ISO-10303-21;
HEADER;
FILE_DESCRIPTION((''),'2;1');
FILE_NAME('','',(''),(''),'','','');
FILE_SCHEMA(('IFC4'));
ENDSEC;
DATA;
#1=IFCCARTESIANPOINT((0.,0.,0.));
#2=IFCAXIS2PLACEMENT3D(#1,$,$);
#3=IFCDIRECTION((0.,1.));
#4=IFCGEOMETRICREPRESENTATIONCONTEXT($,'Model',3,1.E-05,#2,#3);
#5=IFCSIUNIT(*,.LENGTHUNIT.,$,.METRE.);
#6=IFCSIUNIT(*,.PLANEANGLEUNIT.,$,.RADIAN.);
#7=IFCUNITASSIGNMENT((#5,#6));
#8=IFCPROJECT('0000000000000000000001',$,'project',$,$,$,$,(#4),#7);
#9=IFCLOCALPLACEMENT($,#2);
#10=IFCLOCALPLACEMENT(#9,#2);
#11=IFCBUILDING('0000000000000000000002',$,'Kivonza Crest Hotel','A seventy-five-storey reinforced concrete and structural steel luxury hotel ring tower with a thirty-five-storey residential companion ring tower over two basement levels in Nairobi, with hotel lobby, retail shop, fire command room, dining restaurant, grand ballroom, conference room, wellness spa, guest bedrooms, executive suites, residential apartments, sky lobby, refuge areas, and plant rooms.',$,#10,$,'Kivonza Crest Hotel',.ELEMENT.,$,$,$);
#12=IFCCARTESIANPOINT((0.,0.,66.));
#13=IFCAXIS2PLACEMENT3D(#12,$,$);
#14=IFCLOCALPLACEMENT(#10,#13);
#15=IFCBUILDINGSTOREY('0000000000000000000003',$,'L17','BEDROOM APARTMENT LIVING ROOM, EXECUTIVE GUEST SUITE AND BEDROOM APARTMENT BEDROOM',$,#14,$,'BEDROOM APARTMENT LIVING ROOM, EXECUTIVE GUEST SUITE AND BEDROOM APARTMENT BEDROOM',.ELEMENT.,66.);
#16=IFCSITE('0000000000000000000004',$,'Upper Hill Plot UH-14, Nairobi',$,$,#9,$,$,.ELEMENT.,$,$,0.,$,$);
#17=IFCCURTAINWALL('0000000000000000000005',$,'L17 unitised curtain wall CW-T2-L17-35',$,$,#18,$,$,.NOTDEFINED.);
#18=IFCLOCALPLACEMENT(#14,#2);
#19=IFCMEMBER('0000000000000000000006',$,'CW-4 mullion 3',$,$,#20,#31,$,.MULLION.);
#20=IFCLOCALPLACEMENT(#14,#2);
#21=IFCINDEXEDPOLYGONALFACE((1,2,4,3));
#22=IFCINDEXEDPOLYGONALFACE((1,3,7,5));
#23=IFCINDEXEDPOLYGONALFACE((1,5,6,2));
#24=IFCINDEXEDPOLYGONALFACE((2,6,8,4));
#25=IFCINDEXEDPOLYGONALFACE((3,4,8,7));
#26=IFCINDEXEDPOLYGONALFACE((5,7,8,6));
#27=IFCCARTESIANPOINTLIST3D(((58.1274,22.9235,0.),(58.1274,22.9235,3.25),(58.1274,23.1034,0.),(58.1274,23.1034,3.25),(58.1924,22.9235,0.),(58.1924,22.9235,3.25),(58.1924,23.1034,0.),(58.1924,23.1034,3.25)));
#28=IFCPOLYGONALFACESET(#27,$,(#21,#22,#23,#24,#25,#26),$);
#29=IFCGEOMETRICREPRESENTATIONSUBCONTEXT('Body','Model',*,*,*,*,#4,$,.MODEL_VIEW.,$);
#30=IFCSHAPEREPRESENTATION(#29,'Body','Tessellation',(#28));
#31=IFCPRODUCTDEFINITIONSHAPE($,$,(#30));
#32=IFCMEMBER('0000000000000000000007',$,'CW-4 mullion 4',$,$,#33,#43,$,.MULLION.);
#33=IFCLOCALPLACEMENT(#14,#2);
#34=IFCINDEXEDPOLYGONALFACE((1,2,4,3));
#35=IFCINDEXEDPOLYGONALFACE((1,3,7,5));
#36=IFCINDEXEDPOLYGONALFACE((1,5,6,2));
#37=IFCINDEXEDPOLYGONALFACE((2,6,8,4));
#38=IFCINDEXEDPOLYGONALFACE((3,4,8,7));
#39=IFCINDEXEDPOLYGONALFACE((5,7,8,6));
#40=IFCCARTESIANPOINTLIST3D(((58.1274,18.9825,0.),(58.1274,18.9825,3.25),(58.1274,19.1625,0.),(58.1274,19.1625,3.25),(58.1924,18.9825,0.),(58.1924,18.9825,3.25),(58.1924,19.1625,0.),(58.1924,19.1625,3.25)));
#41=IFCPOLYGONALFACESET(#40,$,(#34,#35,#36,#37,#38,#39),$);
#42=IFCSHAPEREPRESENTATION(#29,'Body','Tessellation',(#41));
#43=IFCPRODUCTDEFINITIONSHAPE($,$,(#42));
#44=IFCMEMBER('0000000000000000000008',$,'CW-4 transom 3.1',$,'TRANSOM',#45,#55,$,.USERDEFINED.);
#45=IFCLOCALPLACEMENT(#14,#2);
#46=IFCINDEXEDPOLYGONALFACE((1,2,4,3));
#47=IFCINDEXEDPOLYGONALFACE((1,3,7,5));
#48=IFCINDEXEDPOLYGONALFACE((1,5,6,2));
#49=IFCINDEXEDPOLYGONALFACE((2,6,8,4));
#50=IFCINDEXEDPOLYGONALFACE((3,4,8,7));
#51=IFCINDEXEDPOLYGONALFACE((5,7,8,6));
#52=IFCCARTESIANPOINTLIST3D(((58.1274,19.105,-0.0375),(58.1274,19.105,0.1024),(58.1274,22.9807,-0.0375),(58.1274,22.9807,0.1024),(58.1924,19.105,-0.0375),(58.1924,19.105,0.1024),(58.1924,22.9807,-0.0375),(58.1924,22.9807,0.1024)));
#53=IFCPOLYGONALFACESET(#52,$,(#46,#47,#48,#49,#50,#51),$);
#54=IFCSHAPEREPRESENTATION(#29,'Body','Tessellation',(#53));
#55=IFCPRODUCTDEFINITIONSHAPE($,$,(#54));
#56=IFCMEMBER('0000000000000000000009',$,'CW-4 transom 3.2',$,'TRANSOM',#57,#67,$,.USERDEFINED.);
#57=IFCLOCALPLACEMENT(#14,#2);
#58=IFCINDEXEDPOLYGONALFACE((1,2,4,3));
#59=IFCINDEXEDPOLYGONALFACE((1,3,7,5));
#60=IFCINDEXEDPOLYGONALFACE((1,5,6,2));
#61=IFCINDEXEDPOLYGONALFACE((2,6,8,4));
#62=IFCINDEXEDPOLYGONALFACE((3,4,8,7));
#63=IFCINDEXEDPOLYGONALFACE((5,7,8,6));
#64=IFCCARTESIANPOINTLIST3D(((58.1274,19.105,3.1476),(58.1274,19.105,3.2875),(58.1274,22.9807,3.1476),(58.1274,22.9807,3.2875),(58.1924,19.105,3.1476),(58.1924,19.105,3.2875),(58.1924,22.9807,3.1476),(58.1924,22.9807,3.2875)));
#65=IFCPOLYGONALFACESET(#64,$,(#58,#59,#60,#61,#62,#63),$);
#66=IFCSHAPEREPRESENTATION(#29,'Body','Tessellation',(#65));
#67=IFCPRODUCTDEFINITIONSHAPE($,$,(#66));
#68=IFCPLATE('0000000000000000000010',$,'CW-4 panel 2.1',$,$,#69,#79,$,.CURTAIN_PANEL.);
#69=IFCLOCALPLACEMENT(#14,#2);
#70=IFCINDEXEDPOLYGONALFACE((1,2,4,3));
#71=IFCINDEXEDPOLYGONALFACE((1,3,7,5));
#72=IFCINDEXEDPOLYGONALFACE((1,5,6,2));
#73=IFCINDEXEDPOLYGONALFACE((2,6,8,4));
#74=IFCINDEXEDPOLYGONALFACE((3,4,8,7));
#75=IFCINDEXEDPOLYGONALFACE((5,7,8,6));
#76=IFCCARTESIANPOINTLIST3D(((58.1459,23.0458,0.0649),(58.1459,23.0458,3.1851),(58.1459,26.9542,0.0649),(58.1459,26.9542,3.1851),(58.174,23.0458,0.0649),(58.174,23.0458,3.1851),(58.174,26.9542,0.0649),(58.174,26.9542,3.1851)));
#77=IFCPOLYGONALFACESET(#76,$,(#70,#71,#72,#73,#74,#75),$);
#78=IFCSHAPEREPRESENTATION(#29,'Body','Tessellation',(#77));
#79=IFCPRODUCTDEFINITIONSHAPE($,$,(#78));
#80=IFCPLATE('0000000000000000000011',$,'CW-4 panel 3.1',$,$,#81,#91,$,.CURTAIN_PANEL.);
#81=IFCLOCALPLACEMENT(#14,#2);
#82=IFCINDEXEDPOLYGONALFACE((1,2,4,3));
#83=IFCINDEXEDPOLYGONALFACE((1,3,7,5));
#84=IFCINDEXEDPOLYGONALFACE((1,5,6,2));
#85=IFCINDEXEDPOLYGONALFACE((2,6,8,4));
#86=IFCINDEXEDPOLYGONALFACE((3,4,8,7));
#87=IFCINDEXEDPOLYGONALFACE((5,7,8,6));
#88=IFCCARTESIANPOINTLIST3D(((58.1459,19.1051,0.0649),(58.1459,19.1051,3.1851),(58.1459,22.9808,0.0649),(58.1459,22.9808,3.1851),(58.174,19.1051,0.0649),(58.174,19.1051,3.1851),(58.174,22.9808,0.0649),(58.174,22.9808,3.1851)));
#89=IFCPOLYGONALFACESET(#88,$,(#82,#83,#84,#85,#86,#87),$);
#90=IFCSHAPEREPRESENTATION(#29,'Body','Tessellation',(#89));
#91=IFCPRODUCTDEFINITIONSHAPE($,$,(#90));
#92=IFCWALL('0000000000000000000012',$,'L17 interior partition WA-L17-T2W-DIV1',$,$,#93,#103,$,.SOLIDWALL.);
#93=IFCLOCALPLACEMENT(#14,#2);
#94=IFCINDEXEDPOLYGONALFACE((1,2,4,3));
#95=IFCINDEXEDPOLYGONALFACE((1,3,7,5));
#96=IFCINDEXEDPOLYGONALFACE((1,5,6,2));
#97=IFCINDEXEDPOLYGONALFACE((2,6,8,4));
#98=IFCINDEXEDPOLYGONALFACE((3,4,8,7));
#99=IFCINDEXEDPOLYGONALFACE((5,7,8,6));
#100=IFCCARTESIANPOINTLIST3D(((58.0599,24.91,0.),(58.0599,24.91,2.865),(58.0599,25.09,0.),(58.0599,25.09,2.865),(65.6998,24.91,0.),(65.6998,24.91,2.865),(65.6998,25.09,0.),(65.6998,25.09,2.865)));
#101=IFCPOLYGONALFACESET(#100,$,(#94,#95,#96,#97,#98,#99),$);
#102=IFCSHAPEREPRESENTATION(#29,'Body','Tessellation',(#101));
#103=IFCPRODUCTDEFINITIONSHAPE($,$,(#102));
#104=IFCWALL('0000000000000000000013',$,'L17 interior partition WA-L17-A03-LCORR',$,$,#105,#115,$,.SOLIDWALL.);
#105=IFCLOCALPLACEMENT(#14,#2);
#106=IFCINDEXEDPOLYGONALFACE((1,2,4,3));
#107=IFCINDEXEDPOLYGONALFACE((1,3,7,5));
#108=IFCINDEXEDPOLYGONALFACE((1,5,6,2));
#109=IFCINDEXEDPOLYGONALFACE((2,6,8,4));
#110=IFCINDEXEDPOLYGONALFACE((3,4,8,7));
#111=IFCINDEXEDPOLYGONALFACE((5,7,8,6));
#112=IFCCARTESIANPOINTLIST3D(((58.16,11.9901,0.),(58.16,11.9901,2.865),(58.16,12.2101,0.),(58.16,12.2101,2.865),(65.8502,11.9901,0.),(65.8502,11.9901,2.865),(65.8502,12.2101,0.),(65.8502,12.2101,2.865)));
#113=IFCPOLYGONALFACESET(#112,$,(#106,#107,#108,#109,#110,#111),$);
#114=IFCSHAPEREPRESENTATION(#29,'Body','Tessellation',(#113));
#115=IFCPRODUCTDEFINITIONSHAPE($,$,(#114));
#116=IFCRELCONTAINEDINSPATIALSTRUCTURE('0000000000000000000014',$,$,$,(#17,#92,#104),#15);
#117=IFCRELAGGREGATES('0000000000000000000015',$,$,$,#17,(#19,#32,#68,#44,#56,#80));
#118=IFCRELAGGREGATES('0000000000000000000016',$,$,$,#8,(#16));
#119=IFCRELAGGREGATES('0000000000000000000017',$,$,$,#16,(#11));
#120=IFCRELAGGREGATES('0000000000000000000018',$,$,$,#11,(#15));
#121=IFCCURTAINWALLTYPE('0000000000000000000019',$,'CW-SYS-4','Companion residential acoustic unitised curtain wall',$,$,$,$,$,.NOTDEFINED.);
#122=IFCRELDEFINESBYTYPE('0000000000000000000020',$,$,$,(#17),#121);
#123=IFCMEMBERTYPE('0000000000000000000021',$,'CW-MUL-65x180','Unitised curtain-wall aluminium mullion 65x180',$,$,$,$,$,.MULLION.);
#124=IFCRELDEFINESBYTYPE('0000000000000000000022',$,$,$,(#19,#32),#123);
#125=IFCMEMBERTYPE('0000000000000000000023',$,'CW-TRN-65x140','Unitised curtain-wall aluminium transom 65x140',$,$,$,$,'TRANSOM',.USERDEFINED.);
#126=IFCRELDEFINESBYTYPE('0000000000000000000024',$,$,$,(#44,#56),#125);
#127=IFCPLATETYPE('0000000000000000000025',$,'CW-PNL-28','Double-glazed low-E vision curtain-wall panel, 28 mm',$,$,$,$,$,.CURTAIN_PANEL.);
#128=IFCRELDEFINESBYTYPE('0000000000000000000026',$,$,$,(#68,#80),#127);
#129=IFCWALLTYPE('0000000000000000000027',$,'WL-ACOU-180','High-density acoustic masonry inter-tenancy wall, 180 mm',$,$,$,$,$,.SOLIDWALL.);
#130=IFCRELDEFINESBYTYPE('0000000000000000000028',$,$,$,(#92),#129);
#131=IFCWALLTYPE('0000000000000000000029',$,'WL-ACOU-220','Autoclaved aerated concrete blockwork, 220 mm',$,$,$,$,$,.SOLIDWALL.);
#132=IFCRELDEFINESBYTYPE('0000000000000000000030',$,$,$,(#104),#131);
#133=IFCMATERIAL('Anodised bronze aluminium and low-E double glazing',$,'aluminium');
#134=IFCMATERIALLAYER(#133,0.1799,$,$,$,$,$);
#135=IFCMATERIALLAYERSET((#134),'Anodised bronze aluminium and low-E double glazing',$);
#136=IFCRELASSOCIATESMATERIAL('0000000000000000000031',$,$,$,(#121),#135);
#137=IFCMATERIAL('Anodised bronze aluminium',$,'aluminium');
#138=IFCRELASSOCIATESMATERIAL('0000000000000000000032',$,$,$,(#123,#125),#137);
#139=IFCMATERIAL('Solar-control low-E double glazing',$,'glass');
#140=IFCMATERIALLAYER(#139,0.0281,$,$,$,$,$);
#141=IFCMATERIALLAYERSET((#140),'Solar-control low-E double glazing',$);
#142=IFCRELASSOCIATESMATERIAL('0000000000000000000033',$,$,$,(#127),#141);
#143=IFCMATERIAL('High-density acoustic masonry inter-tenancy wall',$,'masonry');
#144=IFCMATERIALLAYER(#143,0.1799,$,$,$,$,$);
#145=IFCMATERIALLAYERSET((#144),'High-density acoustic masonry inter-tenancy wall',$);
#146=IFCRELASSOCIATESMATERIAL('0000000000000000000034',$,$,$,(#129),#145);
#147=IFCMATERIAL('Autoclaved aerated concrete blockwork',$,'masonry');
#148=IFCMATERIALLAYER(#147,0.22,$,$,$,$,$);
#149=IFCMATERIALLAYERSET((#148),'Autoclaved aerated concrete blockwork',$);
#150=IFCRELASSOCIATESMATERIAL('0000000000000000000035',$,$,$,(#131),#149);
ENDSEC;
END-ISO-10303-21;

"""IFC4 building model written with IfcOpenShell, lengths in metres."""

from ifc_helpers import new_model, si_unit, direction, frame, frame_2d, origin, origin_2d, place, context, subcontext, project, spatial, rectangle, extrude, material, layer, layer_set, material_profile, profile_set, type_object, element, aggregate, save


model = new_model("IFC4")

# Units and contexts
model_context = context("Model", 3, precision=1e-05, world=origin(), true_north=direction((0.0, 1.0)))
body_context = subcontext(model_context, "Body", "Model", "MODEL_VIEW")
ifc_project = project(units=[si_unit("LENGTHUNIT", "METRE"), si_unit("PLANEANGLEUNIT", "RADIAN")], contexts=[model_context])

# Site, building, storey
site_placement = place(None, origin())
site = spatial("IfcSite", under=ifc_project, at=site_placement, Name="Upper Hill Plot UH-14, Nairobi", CompositionType="ELEMENT", RefElevation=0.0)
building_placement = place(site_placement, origin())
building = spatial("IfcBuilding", under=site, at=building_placement, Name="Kivonza Crest Hotel", Description="A seventy-five-storey reinforced concrete and structural steel luxury hotel ring tower with a thirty-five-storey residential companion ring tower over two basement levels in Nairobi, with hotel lobby, retail shop, fire command room, dining restaurant, grand ballroom, conference room, wellness spa, guest bedrooms, executive suites, residential apartments, sky lobby, refuge areas, and plant rooms.", LongName="Kivonza Crest Hotel", CompositionType="ELEMENT")
storey_placement = place(building_placement, frame((0.0, 0.0, 66.0)))
storey = spatial("IfcBuildingStorey", under=building, at=storey_placement, Name="L17", Description="BEDROOM APARTMENT LIVING ROOM, EXECUTIVE GUEST SUITE AND BEDROOM APARTMENT BEDROOM", LongName="BEDROOM APARTMENT LIVING ROOM, EXECUTIVE GUEST SUITE AND BEDROOM APARTMENT BEDROOM", CompositionType="ELEMENT", Elevation=66.0)

# Curtain wall, members, plates
ifc_material_1 = material(Name="Anodised bronze aluminium and low-E double glazing", Category="aluminium")
ifc_layer_1 = layer(ifc_material_1, 0.1799)
ifc_layer_set_1 = layer_set([ifc_layer_1], Name="Anodised bronze aluminium and low-E double glazing")
curtain_wall_type = type_object("IfcCurtainWallType", Name="CW-SYS-4", Description="Companion residential acoustic unitised curtain wall", PredefinedType="NOTDEFINED", material=ifc_layer_set_1)
curtain_wall_placement = place(storey_placement, origin())
curtain_wall = element("IfcCurtainWall", 1, at=curtain_wall_placement, inside=storey, type_object=curtain_wall_type, Name="L17 unitised curtain wall CW-T2-L17-35", PredefinedType="NOTDEFINED")
ifc_material_2 = material(Name="Anodised bronze aluminium", Category="aluminium")
ifc_material_profile_1 = material_profile(ifc_material_2, rectangle(XDim=0.0649, YDim=0.1799, at=origin_2d()), Name="CW-M 65x180")
ifc_profile_set_1 = profile_set([ifc_material_profile_1], Name="Anodised bronze aluminium")
member_type_1 = type_object("IfcMemberType", Name="CW-MUL-65x180", Description="Unitised curtain-wall aluminium mullion 65x180", PredefinedType="MULLION", material=ifc_profile_set_1)
member_1_placement = place(storey_placement, frame((58.1599, 23.0134, 0.0), z_axis=(0.0, 0.0, 1.0), x_axis=(1.0, 0.0, 0.0)))
member_1 = element("IfcMember", 2, at=member_1_placement, type_object=member_type_1, Name="CW-4 mullion 3", PredefinedType="MULLION", context=body_context, shape_type="SweptSolid", body=[
    extrude(rectangle(XDim=0.0649, YDim=0.1799, at=origin_2d()), origin(), (0.0, 0.0, 1.0), 3.25),
])
member_2_placement = place(storey_placement, frame((58.1599, 19.0725, 0.0), z_axis=(0.0, 0.0, 1.0), x_axis=(1.0, 0.0, 0.0)))
member_2 = element("IfcMember", 3, at=member_2_placement, type_object=member_type_1, Name="CW-4 mullion 4", PredefinedType="MULLION", context=body_context, shape_type="SweptSolid", body=[
    extrude(rectangle(XDim=0.0649, YDim=0.1799, at=origin_2d()), origin(), (0.0, 0.0, 1.0), 3.25),
])
ifc_material_profile_2 = material_profile(ifc_material_2, rectangle(XDim=0.0649, YDim=0.1399, at=origin_2d()), Name="CW-T 65x140")
ifc_profile_set_2 = profile_set([ifc_material_profile_2], Name="Anodised bronze aluminium")
member_type_2 = type_object("IfcMemberType", Name="CW-TRN-65x140", Description="Unitised curtain-wall aluminium transom 65x140", ElementType="TRANSOM", PredefinedType="USERDEFINED", material=ifc_profile_set_2)
member_3_placement = place(storey_placement, frame((58.1599, 22.9807, 0.0325), z_axis=(0.0, -1.0, 0.0), x_axis=(1.0, 0.0, 0.0)))
member_3 = element("IfcMember", 4, at=member_3_placement, type_object=member_type_2, Name="CW-4 transom 3.1", ObjectType="TRANSOM", PredefinedType="USERDEFINED", context=body_context, shape_type="SweptSolid", body=[
    extrude(rectangle(XDim=0.0649, YDim=0.1399, at=origin_2d()), origin(), (0.0, 0.0, 1.0), 3.8757),
])
member_4_placement = place(storey_placement, frame((58.1599, 22.9807, 3.2175), z_axis=(0.0, -1.0, 0.0), x_axis=(1.0, 0.0, 0.0)))
member_4 = element("IfcMember", 5, at=member_4_placement, type_object=member_type_2, Name="CW-4 transom 3.2", ObjectType="TRANSOM", PredefinedType="USERDEFINED", context=body_context, shape_type="SweptSolid", body=[
    extrude(rectangle(XDim=0.0649, YDim=0.1399, at=origin_2d()), origin(), (0.0, 0.0, 1.0), 3.8757),
])
ifc_material_3 = material(Name="Solar-control low-E double glazing", Category="glass")
ifc_layer_2 = layer(ifc_material_3, 0.0281)
ifc_layer_set_2 = layer_set([ifc_layer_2], Name="Solar-control low-E double glazing")
plate_type = type_object("IfcPlateType", Name="CW-PNL-28", Description="Double-glazed low-E vision curtain-wall panel, 28 mm", PredefinedType="CURTAIN_PANEL", material=ifc_layer_set_2)
plate_1_placement = place(storey_placement, frame((58.1599, 25.0, 0.0649), z_axis=(0.0, 0.0, 1.0), x_axis=(0.0, -1.0, 0.0)))
plate_1 = element("IfcPlate", 6, at=plate_1_placement, type_object=plate_type, Name="CW-4 panel 2.1", PredefinedType="CURTAIN_PANEL", context=body_context, shape_type="SweptSolid", body=[
    extrude(rectangle(XDim=3.9084, YDim=0.0281, at=origin_2d()), origin(), (0.0, 0.0, 1.0), 3.1201),
])
plate_2_placement = place(storey_placement, frame((58.1599, 21.043, 0.0649), z_axis=(0.0, 0.0, 1.0), x_axis=(0.0, -1.0, 0.0)))
plate_2 = element("IfcPlate", 7, at=plate_2_placement, type_object=plate_type, Name="CW-4 panel 3.1", PredefinedType="CURTAIN_PANEL", context=body_context, shape_type="SweptSolid", body=[
    extrude(rectangle(XDim=3.8757, YDim=0.0281, at=origin_2d()), origin(), (0.0, 0.0, 1.0), 3.1201),
])
aggregate(curtain_wall, [member_1, member_2, plate_1, member_3, member_4, plate_2])

# Walls
ifc_material_4 = material(Name="High-density acoustic masonry inter-tenancy wall", Category="masonry")
ifc_layer_3 = layer(ifc_material_4, 0.1799)
ifc_layer_set_3 = layer_set([ifc_layer_3], Name="High-density acoustic masonry inter-tenancy wall")
wall_type_1 = type_object("IfcWallType", Name="WL-ACOU-180", Description="High-density acoustic masonry inter-tenancy wall, 180 mm", PredefinedType="SOLIDWALL", material=ifc_layer_set_3)
wall_1_placement = place(storey_placement, frame((58.0601, 25.0, 0.0), z_axis=(0.0, 0.0, 1.0), x_axis=(1.0, 0.0, 0.0)))
element("IfcWall", 8, at=wall_1_placement, inside=storey, type_object=wall_type_1, Name="L17 interior partition WA-L17-T2W-DIV1", PredefinedType="SOLIDWALL", context=body_context, shape_type="SweptSolid", body=[
    extrude(rectangle(XDim=7.6399, YDim=0.1799, at=frame_2d((3.8198, 0.0))), origin(), (0.0, 0.0, 1.0), 2.865),
])
ifc_material_5 = material(Name="Autoclaved aerated concrete blockwork", Category="masonry")
ifc_layer_4 = layer(ifc_material_5, 0.22)
ifc_layer_set_4 = layer_set([ifc_layer_4], Name="Autoclaved aerated concrete blockwork")
wall_type_2 = type_object("IfcWallType", Name="WL-ACOU-220", Description="Autoclaved aerated concrete blockwork, 220 mm", PredefinedType="SOLIDWALL", material=ifc_layer_set_4)
wall_2_placement = place(storey_placement, frame((58.1599, 12.1001, 0.0), z_axis=(0.0, 0.0, 1.0), x_axis=(1.0, 0.0, 0.0)))
element("IfcWall", 9, at=wall_2_placement, inside=storey, type_object=wall_type_2, Name="L17 interior partition WA-L17-A03-LCORR", PredefinedType="SOLIDWALL", context=body_context, shape_type="SweptSolid", body=[
    extrude(rectangle(XDim=7.6902, YDim=0.22, at=frame_2d((3.8452, 0.0))), origin(), (0.0, 0.0, 1.0), 2.865),
])

save(model, "model.ifc")
